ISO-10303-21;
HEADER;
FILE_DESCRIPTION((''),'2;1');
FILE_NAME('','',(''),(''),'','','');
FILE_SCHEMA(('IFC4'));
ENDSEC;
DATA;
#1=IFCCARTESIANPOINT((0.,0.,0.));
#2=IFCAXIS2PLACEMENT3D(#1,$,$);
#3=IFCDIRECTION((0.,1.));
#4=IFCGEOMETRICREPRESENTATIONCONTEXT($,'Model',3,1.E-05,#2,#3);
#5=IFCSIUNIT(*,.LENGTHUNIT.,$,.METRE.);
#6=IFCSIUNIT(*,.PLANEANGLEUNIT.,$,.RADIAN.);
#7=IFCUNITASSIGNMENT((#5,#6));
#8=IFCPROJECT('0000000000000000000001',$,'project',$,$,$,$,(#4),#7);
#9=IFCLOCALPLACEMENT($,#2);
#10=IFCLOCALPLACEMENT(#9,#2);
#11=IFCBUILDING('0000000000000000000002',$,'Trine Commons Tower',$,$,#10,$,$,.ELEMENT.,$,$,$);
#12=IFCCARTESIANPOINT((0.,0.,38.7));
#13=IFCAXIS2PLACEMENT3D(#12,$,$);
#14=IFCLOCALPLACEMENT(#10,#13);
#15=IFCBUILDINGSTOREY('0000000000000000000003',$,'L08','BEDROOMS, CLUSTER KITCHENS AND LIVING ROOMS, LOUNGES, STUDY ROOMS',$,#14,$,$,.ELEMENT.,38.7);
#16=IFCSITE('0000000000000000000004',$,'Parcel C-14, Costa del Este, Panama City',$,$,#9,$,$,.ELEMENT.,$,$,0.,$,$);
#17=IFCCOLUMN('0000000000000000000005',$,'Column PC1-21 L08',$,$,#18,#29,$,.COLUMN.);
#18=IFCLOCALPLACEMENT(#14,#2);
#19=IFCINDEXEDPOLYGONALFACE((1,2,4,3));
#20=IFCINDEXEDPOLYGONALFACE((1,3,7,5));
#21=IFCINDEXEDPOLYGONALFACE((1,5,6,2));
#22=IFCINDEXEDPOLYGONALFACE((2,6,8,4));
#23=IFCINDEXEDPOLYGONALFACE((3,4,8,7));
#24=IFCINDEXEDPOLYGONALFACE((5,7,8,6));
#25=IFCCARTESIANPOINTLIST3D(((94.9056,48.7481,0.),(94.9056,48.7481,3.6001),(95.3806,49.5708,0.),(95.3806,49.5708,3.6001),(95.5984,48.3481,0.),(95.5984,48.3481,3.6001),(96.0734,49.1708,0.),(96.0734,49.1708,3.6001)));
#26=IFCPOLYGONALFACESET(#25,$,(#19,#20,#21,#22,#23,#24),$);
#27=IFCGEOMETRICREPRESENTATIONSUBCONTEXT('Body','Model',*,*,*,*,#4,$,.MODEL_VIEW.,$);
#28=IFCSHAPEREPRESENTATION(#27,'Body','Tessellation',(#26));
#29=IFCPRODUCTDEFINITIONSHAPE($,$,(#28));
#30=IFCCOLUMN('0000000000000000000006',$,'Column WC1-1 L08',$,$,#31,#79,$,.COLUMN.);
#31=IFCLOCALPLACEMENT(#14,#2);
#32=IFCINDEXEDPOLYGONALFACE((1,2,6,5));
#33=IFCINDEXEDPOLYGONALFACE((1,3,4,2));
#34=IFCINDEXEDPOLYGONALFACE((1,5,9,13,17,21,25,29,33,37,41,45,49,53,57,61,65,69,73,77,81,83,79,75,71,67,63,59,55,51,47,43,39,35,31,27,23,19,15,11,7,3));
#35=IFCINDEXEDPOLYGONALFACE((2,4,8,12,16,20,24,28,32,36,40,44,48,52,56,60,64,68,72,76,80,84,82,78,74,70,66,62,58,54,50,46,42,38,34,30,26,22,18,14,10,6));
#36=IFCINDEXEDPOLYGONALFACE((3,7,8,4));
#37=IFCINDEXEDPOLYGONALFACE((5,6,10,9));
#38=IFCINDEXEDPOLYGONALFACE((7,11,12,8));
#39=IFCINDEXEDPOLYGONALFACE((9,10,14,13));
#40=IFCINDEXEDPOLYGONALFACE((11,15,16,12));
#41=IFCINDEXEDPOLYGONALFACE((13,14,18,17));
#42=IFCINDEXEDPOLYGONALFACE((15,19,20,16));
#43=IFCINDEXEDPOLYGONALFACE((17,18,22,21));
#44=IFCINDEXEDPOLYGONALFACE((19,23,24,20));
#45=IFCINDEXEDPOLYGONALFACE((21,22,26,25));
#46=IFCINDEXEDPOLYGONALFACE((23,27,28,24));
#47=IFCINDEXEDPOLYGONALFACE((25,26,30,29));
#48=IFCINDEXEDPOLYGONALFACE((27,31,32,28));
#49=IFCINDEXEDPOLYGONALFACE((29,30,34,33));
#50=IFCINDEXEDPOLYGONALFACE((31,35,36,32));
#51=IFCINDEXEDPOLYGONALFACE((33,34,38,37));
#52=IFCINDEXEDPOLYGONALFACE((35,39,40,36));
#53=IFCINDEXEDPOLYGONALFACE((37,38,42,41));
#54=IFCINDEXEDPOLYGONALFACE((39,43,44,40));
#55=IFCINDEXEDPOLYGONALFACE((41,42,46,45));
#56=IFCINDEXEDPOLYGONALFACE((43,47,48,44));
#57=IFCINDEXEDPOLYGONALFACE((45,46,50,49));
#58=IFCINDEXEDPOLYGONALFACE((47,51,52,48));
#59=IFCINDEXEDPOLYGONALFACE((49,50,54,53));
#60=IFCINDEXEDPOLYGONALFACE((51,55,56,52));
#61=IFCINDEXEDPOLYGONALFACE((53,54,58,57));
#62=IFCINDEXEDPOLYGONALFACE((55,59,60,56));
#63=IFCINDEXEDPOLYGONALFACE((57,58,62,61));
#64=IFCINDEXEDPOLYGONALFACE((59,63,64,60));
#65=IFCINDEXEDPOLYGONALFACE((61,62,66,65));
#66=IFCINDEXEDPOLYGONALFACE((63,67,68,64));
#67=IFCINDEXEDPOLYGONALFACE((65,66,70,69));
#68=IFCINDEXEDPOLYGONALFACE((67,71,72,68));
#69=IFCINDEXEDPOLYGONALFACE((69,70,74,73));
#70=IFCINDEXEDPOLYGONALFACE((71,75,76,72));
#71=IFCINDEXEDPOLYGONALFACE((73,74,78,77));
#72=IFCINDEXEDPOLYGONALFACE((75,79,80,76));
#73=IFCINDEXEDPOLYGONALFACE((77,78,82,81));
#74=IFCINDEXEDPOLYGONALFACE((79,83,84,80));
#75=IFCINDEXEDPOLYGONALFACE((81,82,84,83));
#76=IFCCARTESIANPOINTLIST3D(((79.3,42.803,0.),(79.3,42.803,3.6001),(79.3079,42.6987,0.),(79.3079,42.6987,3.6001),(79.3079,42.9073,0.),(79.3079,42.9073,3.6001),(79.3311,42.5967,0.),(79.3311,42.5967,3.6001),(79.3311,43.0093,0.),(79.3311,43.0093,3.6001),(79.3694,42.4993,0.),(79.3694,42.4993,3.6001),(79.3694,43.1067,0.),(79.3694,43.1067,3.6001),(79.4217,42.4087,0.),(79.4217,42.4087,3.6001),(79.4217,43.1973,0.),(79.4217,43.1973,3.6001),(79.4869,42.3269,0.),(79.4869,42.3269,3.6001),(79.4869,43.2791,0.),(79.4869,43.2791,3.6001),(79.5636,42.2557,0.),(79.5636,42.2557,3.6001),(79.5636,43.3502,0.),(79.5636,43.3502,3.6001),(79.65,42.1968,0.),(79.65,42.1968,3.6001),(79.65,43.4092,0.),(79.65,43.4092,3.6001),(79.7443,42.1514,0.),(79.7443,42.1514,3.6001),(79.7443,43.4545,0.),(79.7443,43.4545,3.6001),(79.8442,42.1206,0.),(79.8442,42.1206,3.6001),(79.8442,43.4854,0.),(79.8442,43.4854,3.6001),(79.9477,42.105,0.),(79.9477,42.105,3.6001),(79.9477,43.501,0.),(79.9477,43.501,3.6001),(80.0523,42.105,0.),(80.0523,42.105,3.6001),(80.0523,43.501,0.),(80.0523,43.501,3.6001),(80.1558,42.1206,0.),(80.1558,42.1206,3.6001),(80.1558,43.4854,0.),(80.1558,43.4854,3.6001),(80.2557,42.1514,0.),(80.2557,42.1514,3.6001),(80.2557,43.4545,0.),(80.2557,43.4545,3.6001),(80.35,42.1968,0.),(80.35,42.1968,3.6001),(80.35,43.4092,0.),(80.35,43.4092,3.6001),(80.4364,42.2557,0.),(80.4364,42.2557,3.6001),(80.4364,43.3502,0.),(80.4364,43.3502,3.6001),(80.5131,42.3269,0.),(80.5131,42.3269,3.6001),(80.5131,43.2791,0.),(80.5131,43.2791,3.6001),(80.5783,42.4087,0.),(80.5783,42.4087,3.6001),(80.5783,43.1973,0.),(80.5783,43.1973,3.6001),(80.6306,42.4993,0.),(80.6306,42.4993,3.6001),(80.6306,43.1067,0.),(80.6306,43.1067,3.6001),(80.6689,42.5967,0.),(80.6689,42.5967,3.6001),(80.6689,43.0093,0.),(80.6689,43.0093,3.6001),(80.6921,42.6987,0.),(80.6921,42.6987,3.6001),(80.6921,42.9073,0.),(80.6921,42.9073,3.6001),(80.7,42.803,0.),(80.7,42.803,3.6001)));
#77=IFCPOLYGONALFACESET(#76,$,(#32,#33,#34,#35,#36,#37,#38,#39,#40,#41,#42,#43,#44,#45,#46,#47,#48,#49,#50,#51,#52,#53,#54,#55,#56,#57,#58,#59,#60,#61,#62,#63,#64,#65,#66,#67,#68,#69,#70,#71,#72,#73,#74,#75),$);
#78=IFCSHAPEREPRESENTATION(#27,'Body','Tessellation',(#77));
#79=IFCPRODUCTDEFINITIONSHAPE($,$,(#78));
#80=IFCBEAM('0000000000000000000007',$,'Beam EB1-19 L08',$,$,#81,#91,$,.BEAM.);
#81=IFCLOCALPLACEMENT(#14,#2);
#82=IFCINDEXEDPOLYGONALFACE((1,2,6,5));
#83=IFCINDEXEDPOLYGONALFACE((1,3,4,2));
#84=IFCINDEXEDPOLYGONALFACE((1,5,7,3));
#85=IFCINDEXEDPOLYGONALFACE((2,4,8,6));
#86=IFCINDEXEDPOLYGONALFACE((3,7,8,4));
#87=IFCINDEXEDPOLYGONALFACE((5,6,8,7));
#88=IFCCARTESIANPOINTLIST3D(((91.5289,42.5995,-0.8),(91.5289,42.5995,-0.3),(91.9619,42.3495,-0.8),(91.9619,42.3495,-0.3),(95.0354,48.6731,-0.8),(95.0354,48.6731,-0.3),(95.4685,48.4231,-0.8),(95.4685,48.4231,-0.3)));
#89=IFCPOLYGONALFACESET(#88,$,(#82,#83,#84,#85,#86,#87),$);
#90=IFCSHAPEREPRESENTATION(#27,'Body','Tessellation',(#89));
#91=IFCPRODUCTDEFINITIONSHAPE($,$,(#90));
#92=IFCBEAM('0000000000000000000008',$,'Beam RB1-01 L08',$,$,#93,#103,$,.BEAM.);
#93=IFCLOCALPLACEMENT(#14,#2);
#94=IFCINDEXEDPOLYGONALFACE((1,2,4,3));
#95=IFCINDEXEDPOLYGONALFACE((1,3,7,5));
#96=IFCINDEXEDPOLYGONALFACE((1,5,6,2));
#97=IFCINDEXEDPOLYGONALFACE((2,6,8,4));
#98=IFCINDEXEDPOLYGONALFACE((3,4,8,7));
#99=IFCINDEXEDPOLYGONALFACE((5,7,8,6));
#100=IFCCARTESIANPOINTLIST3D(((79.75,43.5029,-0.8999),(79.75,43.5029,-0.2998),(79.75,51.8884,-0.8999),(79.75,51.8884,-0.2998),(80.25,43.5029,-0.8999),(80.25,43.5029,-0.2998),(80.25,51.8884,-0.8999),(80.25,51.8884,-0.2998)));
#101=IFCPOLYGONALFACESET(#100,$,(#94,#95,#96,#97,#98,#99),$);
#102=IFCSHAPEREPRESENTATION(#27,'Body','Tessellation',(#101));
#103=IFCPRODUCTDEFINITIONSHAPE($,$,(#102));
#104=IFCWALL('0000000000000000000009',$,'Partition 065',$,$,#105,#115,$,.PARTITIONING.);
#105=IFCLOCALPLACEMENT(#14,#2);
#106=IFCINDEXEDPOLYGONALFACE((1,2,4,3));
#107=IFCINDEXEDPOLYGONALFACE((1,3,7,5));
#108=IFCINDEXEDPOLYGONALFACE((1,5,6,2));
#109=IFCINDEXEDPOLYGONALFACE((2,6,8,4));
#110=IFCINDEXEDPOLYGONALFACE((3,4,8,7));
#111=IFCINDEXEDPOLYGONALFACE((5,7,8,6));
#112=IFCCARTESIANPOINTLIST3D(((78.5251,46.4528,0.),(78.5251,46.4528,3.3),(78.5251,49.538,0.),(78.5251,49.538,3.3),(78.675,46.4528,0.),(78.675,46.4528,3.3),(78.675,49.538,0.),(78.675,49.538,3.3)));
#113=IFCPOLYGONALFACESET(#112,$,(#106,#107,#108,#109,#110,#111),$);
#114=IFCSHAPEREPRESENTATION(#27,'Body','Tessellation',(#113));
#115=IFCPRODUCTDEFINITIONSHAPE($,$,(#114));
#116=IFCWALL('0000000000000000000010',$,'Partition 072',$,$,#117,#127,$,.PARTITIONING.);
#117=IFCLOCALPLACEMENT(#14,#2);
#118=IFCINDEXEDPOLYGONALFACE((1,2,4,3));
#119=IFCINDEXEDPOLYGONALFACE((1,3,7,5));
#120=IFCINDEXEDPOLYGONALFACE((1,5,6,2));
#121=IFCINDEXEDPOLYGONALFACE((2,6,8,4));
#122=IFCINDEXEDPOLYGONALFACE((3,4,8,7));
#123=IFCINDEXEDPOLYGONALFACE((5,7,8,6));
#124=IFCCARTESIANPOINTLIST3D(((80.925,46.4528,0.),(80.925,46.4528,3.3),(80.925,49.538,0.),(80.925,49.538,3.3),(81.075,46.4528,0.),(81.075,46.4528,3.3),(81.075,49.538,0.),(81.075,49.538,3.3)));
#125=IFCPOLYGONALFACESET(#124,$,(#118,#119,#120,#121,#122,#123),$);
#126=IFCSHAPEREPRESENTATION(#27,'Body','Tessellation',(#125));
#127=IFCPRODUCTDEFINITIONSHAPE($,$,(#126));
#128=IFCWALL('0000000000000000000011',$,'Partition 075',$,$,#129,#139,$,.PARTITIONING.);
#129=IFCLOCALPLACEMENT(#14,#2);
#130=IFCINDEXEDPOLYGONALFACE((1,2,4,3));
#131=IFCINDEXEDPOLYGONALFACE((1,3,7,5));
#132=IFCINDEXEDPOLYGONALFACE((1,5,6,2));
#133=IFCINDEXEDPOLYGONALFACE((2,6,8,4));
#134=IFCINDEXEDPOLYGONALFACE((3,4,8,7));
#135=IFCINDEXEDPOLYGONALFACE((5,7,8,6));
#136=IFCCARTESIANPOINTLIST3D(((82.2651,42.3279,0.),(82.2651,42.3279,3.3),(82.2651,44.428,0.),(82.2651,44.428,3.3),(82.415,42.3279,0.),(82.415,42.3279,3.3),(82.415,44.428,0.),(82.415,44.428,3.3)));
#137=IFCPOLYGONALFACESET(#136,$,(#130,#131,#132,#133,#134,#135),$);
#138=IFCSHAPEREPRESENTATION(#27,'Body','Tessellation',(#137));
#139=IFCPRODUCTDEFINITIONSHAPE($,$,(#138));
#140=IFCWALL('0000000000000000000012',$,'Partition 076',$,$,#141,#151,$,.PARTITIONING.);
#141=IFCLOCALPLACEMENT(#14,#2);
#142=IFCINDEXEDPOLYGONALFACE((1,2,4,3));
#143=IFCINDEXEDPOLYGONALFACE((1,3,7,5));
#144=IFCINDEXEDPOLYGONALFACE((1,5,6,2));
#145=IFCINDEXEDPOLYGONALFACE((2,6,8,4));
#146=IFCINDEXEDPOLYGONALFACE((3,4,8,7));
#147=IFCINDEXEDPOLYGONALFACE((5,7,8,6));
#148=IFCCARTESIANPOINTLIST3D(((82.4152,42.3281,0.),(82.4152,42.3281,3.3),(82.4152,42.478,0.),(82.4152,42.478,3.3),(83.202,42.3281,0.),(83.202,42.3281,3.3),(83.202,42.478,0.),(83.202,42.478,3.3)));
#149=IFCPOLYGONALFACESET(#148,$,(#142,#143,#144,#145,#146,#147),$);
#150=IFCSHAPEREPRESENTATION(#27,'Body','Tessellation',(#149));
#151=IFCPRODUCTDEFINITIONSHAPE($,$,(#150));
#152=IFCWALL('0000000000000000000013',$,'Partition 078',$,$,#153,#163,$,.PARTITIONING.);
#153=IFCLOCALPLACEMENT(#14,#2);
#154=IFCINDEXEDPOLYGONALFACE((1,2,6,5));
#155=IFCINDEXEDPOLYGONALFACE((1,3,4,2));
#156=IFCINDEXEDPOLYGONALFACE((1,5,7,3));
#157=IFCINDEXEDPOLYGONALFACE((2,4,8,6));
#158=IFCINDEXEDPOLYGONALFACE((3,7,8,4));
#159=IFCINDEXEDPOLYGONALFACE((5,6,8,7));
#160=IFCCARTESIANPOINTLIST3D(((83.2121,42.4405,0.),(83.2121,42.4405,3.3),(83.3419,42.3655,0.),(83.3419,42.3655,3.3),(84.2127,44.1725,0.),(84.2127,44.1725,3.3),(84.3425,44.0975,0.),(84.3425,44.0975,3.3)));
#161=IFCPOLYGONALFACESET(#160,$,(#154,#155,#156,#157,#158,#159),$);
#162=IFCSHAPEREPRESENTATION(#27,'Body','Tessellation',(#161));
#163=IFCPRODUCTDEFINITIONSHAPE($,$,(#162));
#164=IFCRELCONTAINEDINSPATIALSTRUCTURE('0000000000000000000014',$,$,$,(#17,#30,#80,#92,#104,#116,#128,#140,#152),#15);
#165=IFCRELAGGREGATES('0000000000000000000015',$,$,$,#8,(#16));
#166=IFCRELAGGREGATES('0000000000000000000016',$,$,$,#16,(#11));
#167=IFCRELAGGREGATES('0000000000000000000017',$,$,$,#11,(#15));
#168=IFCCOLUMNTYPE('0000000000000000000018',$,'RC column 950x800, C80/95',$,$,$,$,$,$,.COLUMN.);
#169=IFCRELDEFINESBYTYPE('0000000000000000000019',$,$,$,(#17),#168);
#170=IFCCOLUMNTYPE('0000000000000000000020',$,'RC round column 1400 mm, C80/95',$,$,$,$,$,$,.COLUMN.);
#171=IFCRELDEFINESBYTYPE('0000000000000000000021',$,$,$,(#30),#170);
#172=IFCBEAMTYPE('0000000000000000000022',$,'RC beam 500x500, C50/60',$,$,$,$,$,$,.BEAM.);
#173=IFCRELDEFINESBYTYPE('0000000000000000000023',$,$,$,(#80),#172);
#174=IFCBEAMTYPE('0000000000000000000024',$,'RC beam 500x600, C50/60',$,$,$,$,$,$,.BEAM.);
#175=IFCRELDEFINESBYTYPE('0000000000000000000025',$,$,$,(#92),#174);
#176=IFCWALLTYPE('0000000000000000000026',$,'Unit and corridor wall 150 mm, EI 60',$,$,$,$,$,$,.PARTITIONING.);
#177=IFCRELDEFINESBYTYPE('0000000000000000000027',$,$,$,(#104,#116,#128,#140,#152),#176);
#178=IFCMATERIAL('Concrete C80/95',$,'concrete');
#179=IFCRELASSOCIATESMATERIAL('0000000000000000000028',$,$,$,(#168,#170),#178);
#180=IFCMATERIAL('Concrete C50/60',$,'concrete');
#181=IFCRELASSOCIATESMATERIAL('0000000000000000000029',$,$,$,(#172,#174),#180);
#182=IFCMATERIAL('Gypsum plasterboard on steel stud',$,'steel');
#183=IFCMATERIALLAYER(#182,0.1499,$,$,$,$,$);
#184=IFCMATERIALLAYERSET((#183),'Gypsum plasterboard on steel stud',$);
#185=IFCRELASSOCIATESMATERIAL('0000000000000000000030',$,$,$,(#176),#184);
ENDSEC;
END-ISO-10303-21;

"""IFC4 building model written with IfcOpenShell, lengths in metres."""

from ifc_helpers import new_model, si_unit, direction, frame, frame_2d, origin, origin_2d, place, context, subcontext, project, spatial, rectangle, circle, extrude, material, layer, layer_set, material_profile, profile_set, type_object, element, save


model = new_model("IFC4")

# Units and contexts
model_context = context("Model", 3, precision=1e-05, world=origin(), true_north=direction((0.0, 1.0)))
body_context = subcontext(model_context, "Body", "Model", "MODEL_VIEW")
ifc_project = project(units=[si_unit("LENGTHUNIT", "METRE"), si_unit("PLANEANGLEUNIT", "RADIAN")], contexts=[model_context])

# Site, building, storey
site_placement = place(None, origin())
site = spatial("IfcSite", under=ifc_project, at=site_placement, Name="Parcel C-14, Costa del Este, Panama City", CompositionType="ELEMENT", RefElevation=0.0)
building_placement = place(site_placement, origin())
building = spatial("IfcBuilding", under=site, at=building_placement, Name="Trine Commons Tower", CompositionType="ELEMENT")
storey_placement = place(building_placement, frame((0.0, 0.0, 38.7)))
storey = spatial("IfcBuildingStorey", under=building, at=storey_placement, Name="L08", Description="BEDROOMS, CLUSTER KITCHENS AND LIVING ROOMS, LOUNGES, STUDY ROOMS", CompositionType="ELEMENT", Elevation=38.7)

# Columns
ifc_material_1 = material(Name="Concrete C80/95", Category="concrete")
ifc_material_profile_1 = material_profile(ifc_material_1, rectangle(XDim=0.95, YDim=0.8, at=origin_2d()), Name="RC 950x800")
ifc_profile_set_1 = profile_set([ifc_material_profile_1], Name="Concrete C80/95")
column_type_1 = type_object("IfcColumnType", Name="RC column 950x800, C80/95", PredefinedType="COLUMN", material=ifc_profile_set_1)
column_1_placement = place(storey_placement, frame((95.4895, 48.9595, 0.0), z_axis=(0.0, 0.0, 1.0), x_axis=(0.5, 0.866025, 0.0)))
element("IfcColumn", 1, at=column_1_placement, inside=storey, type_object=column_type_1, Name="Column PC1-21 L08", PredefinedType="COLUMN", context=body_context, shape_type="SweptSolid", body=[
    extrude(rectangle(XDim=0.95, YDim=0.8, at=origin_2d()), origin(), (0.0, 0.0, 1.0), 3.6001),
])
ifc_material_profile_2 = material_profile(ifc_material_1, circle(Radius=0.7, at=origin_2d()), Name="RC round 1400")
ifc_profile_set_2 = profile_set([ifc_material_profile_2], Name="Concrete C80/95")
column_type_2 = type_object("IfcColumnType", Name="RC round column 1400 mm, C80/95", PredefinedType="COLUMN", material=ifc_profile_set_2)
column_2_placement = place(storey_placement, frame((80.0, 42.803, 0.0), z_axis=(0.0, 0.0, 1.0), x_axis=(1.0, 0.0, 0.0)))
element("IfcColumn", 2, at=column_2_placement, inside=storey, type_object=column_type_2, Name="Column WC1-1 L08", PredefinedType="COLUMN", context=body_context, shape_type="SweptSolid", body=[
    extrude(circle(Radius=0.7, at=origin_2d()), origin(), (0.0, 0.0, 1.0), 3.6001),
])

# Beams
ifc_material_2 = material(Name="Concrete C50/60", Category="concrete")
ifc_material_profile_3 = material_profile(ifc_material_2, rectangle(XDim=0.5, YDim=0.5, at=origin_2d()), Name="RC 500x500")
ifc_profile_set_3 = profile_set([ifc_material_profile_3], Name="Concrete C50/60")
beam_type_1 = type_object("IfcBeamType", Name="RC beam 500x500, C50/60", PredefinedType="BEAM", material=ifc_profile_set_3)
beam_1_placement = place(storey_placement, frame((95.252, 48.5481, -0.55), z_axis=(-0.499992, -0.86603, 0.0), x_axis=(0.86603, -0.499992, 0.0)))
element("IfcBeam", 3, at=beam_1_placement, inside=storey, type_object=beam_type_1, Name="Beam EB1-19 L08", PredefinedType="BEAM", context=body_context, shape_type="SweptSolid", body=[
    extrude(rectangle(XDim=0.5, YDim=0.5, at=origin_2d()), origin(), (0.0, 0.0, 1.0), 7.0132),
])
ifc_material_profile_4 = material_profile(ifc_material_2, rectangle(XDim=0.5, YDim=0.6001, at=origin_2d()), Name="RC 500x600")
ifc_profile_set_4 = profile_set([ifc_material_profile_4], Name="Concrete C50/60")
beam_type_2 = type_object("IfcBeamType", Name="RC beam 500x600, C50/60", PredefinedType="BEAM", material=ifc_profile_set_4)
beam_2_placement = place(storey_placement, frame((80.0, 51.8884, -0.5999), z_axis=(0.0, -1.0, 0.0), x_axis=(1.0, 0.0, 0.0)))
element("IfcBeam", 4, at=beam_2_placement, inside=storey, type_object=beam_type_2, Name="Beam RB1-01 L08", PredefinedType="BEAM", context=body_context, shape_type="SweptSolid", body=[
    extrude(rectangle(XDim=0.5, YDim=0.6001, at=origin_2d()), origin(), (0.0, 0.0, 1.0), 8.3855),
])

# Walls
ifc_material_3 = material(Name="Gypsum plasterboard on steel stud", Category="steel")
ifc_layer_1 = layer(ifc_material_3, 0.1499)
ifc_layer_set_1 = layer_set([ifc_layer_1], Name="Gypsum plasterboard on steel stud")
wall_type_1 = type_object("IfcWallType", Name="Unit and corridor wall 150 mm, EI 60", PredefinedType="PARTITIONING", material=ifc_layer_set_1)
for number, where, z_axis, x_axis, name in (
    (5, (78.6001, 46.4529, 0.0), (0.0, 0.0, 1.0), (0.0, 1.0, 0.0), "Partition 065"),
    (6, (81.0, 46.4529, 0.0), (0.0, 0.0, 1.0), (0.0, 1.0, 0.0), "Partition 072"),
):
    element("IfcWall", number, at=place(storey_placement, frame(where, z_axis=z_axis, x_axis=x_axis)), inside=storey, type_object=wall_type_1, Name=name, PredefinedType="PARTITIONING", context=body_context, shape_type="SweptSolid", body=[
        extrude(rectangle(XDim=3.0852, YDim=0.1499, at=frame_2d((1.5425, 0.0))), origin(), (0.0, 0.0, 1.0), 3.3),
    ])
wall_1_placement = place(storey_placement, frame((82.3401, 42.3279, 0.0), z_axis=(0.0, 0.0, 1.0), x_axis=(0.0, 1.0, 0.0)))
element("IfcWall", 7, at=wall_1_placement, inside=storey, type_object=wall_type_1, Name="Partition 075", PredefinedType="PARTITIONING", context=body_context, shape_type="SweptSolid", body=[
    extrude(rectangle(XDim=2.1001, YDim=0.1499, at=frame_2d((1.05, 0.0))), origin(), (0.0, 0.0, 1.0), 3.3),
])
wall_2_placement = place(storey_placement, frame((82.415, 42.4031, 0.0), z_axis=(0.0, 0.0, 1.0), x_axis=(1.0, 0.0, 0.0)))
element("IfcWall", 8, at=wall_2_placement, inside=storey, type_object=wall_type_1, Name="Partition 076", PredefinedType="PARTITIONING", context=body_context, shape_type="SweptSolid", body=[
    extrude(rectangle(XDim=0.7869, YDim=0.1499, at=frame_2d((0.3936, 0.0))), origin(), (0.0, 0.0, 1.0), 3.3),
])
wall_3_placement = place(storey_placement, frame((83.2771, 42.4031, 0.0), z_axis=(0.0, 0.0, 1.0), x_axis=(0.500208, 0.865905, 0.0)))
element("IfcWall", 9, at=wall_3_placement, inside=storey, type_object=wall_type_1, Name="Partition 078", PredefinedType="PARTITIONING", context=body_context, shape_type="SweptSolid", body=[
    extrude(rectangle(XDim=2.0002, YDim=0.1499, at=frame_2d((1.0, 0.0))), origin(), (0.0, 0.0, 1.0), 3.3),
])

save(model, "model.ifc")
